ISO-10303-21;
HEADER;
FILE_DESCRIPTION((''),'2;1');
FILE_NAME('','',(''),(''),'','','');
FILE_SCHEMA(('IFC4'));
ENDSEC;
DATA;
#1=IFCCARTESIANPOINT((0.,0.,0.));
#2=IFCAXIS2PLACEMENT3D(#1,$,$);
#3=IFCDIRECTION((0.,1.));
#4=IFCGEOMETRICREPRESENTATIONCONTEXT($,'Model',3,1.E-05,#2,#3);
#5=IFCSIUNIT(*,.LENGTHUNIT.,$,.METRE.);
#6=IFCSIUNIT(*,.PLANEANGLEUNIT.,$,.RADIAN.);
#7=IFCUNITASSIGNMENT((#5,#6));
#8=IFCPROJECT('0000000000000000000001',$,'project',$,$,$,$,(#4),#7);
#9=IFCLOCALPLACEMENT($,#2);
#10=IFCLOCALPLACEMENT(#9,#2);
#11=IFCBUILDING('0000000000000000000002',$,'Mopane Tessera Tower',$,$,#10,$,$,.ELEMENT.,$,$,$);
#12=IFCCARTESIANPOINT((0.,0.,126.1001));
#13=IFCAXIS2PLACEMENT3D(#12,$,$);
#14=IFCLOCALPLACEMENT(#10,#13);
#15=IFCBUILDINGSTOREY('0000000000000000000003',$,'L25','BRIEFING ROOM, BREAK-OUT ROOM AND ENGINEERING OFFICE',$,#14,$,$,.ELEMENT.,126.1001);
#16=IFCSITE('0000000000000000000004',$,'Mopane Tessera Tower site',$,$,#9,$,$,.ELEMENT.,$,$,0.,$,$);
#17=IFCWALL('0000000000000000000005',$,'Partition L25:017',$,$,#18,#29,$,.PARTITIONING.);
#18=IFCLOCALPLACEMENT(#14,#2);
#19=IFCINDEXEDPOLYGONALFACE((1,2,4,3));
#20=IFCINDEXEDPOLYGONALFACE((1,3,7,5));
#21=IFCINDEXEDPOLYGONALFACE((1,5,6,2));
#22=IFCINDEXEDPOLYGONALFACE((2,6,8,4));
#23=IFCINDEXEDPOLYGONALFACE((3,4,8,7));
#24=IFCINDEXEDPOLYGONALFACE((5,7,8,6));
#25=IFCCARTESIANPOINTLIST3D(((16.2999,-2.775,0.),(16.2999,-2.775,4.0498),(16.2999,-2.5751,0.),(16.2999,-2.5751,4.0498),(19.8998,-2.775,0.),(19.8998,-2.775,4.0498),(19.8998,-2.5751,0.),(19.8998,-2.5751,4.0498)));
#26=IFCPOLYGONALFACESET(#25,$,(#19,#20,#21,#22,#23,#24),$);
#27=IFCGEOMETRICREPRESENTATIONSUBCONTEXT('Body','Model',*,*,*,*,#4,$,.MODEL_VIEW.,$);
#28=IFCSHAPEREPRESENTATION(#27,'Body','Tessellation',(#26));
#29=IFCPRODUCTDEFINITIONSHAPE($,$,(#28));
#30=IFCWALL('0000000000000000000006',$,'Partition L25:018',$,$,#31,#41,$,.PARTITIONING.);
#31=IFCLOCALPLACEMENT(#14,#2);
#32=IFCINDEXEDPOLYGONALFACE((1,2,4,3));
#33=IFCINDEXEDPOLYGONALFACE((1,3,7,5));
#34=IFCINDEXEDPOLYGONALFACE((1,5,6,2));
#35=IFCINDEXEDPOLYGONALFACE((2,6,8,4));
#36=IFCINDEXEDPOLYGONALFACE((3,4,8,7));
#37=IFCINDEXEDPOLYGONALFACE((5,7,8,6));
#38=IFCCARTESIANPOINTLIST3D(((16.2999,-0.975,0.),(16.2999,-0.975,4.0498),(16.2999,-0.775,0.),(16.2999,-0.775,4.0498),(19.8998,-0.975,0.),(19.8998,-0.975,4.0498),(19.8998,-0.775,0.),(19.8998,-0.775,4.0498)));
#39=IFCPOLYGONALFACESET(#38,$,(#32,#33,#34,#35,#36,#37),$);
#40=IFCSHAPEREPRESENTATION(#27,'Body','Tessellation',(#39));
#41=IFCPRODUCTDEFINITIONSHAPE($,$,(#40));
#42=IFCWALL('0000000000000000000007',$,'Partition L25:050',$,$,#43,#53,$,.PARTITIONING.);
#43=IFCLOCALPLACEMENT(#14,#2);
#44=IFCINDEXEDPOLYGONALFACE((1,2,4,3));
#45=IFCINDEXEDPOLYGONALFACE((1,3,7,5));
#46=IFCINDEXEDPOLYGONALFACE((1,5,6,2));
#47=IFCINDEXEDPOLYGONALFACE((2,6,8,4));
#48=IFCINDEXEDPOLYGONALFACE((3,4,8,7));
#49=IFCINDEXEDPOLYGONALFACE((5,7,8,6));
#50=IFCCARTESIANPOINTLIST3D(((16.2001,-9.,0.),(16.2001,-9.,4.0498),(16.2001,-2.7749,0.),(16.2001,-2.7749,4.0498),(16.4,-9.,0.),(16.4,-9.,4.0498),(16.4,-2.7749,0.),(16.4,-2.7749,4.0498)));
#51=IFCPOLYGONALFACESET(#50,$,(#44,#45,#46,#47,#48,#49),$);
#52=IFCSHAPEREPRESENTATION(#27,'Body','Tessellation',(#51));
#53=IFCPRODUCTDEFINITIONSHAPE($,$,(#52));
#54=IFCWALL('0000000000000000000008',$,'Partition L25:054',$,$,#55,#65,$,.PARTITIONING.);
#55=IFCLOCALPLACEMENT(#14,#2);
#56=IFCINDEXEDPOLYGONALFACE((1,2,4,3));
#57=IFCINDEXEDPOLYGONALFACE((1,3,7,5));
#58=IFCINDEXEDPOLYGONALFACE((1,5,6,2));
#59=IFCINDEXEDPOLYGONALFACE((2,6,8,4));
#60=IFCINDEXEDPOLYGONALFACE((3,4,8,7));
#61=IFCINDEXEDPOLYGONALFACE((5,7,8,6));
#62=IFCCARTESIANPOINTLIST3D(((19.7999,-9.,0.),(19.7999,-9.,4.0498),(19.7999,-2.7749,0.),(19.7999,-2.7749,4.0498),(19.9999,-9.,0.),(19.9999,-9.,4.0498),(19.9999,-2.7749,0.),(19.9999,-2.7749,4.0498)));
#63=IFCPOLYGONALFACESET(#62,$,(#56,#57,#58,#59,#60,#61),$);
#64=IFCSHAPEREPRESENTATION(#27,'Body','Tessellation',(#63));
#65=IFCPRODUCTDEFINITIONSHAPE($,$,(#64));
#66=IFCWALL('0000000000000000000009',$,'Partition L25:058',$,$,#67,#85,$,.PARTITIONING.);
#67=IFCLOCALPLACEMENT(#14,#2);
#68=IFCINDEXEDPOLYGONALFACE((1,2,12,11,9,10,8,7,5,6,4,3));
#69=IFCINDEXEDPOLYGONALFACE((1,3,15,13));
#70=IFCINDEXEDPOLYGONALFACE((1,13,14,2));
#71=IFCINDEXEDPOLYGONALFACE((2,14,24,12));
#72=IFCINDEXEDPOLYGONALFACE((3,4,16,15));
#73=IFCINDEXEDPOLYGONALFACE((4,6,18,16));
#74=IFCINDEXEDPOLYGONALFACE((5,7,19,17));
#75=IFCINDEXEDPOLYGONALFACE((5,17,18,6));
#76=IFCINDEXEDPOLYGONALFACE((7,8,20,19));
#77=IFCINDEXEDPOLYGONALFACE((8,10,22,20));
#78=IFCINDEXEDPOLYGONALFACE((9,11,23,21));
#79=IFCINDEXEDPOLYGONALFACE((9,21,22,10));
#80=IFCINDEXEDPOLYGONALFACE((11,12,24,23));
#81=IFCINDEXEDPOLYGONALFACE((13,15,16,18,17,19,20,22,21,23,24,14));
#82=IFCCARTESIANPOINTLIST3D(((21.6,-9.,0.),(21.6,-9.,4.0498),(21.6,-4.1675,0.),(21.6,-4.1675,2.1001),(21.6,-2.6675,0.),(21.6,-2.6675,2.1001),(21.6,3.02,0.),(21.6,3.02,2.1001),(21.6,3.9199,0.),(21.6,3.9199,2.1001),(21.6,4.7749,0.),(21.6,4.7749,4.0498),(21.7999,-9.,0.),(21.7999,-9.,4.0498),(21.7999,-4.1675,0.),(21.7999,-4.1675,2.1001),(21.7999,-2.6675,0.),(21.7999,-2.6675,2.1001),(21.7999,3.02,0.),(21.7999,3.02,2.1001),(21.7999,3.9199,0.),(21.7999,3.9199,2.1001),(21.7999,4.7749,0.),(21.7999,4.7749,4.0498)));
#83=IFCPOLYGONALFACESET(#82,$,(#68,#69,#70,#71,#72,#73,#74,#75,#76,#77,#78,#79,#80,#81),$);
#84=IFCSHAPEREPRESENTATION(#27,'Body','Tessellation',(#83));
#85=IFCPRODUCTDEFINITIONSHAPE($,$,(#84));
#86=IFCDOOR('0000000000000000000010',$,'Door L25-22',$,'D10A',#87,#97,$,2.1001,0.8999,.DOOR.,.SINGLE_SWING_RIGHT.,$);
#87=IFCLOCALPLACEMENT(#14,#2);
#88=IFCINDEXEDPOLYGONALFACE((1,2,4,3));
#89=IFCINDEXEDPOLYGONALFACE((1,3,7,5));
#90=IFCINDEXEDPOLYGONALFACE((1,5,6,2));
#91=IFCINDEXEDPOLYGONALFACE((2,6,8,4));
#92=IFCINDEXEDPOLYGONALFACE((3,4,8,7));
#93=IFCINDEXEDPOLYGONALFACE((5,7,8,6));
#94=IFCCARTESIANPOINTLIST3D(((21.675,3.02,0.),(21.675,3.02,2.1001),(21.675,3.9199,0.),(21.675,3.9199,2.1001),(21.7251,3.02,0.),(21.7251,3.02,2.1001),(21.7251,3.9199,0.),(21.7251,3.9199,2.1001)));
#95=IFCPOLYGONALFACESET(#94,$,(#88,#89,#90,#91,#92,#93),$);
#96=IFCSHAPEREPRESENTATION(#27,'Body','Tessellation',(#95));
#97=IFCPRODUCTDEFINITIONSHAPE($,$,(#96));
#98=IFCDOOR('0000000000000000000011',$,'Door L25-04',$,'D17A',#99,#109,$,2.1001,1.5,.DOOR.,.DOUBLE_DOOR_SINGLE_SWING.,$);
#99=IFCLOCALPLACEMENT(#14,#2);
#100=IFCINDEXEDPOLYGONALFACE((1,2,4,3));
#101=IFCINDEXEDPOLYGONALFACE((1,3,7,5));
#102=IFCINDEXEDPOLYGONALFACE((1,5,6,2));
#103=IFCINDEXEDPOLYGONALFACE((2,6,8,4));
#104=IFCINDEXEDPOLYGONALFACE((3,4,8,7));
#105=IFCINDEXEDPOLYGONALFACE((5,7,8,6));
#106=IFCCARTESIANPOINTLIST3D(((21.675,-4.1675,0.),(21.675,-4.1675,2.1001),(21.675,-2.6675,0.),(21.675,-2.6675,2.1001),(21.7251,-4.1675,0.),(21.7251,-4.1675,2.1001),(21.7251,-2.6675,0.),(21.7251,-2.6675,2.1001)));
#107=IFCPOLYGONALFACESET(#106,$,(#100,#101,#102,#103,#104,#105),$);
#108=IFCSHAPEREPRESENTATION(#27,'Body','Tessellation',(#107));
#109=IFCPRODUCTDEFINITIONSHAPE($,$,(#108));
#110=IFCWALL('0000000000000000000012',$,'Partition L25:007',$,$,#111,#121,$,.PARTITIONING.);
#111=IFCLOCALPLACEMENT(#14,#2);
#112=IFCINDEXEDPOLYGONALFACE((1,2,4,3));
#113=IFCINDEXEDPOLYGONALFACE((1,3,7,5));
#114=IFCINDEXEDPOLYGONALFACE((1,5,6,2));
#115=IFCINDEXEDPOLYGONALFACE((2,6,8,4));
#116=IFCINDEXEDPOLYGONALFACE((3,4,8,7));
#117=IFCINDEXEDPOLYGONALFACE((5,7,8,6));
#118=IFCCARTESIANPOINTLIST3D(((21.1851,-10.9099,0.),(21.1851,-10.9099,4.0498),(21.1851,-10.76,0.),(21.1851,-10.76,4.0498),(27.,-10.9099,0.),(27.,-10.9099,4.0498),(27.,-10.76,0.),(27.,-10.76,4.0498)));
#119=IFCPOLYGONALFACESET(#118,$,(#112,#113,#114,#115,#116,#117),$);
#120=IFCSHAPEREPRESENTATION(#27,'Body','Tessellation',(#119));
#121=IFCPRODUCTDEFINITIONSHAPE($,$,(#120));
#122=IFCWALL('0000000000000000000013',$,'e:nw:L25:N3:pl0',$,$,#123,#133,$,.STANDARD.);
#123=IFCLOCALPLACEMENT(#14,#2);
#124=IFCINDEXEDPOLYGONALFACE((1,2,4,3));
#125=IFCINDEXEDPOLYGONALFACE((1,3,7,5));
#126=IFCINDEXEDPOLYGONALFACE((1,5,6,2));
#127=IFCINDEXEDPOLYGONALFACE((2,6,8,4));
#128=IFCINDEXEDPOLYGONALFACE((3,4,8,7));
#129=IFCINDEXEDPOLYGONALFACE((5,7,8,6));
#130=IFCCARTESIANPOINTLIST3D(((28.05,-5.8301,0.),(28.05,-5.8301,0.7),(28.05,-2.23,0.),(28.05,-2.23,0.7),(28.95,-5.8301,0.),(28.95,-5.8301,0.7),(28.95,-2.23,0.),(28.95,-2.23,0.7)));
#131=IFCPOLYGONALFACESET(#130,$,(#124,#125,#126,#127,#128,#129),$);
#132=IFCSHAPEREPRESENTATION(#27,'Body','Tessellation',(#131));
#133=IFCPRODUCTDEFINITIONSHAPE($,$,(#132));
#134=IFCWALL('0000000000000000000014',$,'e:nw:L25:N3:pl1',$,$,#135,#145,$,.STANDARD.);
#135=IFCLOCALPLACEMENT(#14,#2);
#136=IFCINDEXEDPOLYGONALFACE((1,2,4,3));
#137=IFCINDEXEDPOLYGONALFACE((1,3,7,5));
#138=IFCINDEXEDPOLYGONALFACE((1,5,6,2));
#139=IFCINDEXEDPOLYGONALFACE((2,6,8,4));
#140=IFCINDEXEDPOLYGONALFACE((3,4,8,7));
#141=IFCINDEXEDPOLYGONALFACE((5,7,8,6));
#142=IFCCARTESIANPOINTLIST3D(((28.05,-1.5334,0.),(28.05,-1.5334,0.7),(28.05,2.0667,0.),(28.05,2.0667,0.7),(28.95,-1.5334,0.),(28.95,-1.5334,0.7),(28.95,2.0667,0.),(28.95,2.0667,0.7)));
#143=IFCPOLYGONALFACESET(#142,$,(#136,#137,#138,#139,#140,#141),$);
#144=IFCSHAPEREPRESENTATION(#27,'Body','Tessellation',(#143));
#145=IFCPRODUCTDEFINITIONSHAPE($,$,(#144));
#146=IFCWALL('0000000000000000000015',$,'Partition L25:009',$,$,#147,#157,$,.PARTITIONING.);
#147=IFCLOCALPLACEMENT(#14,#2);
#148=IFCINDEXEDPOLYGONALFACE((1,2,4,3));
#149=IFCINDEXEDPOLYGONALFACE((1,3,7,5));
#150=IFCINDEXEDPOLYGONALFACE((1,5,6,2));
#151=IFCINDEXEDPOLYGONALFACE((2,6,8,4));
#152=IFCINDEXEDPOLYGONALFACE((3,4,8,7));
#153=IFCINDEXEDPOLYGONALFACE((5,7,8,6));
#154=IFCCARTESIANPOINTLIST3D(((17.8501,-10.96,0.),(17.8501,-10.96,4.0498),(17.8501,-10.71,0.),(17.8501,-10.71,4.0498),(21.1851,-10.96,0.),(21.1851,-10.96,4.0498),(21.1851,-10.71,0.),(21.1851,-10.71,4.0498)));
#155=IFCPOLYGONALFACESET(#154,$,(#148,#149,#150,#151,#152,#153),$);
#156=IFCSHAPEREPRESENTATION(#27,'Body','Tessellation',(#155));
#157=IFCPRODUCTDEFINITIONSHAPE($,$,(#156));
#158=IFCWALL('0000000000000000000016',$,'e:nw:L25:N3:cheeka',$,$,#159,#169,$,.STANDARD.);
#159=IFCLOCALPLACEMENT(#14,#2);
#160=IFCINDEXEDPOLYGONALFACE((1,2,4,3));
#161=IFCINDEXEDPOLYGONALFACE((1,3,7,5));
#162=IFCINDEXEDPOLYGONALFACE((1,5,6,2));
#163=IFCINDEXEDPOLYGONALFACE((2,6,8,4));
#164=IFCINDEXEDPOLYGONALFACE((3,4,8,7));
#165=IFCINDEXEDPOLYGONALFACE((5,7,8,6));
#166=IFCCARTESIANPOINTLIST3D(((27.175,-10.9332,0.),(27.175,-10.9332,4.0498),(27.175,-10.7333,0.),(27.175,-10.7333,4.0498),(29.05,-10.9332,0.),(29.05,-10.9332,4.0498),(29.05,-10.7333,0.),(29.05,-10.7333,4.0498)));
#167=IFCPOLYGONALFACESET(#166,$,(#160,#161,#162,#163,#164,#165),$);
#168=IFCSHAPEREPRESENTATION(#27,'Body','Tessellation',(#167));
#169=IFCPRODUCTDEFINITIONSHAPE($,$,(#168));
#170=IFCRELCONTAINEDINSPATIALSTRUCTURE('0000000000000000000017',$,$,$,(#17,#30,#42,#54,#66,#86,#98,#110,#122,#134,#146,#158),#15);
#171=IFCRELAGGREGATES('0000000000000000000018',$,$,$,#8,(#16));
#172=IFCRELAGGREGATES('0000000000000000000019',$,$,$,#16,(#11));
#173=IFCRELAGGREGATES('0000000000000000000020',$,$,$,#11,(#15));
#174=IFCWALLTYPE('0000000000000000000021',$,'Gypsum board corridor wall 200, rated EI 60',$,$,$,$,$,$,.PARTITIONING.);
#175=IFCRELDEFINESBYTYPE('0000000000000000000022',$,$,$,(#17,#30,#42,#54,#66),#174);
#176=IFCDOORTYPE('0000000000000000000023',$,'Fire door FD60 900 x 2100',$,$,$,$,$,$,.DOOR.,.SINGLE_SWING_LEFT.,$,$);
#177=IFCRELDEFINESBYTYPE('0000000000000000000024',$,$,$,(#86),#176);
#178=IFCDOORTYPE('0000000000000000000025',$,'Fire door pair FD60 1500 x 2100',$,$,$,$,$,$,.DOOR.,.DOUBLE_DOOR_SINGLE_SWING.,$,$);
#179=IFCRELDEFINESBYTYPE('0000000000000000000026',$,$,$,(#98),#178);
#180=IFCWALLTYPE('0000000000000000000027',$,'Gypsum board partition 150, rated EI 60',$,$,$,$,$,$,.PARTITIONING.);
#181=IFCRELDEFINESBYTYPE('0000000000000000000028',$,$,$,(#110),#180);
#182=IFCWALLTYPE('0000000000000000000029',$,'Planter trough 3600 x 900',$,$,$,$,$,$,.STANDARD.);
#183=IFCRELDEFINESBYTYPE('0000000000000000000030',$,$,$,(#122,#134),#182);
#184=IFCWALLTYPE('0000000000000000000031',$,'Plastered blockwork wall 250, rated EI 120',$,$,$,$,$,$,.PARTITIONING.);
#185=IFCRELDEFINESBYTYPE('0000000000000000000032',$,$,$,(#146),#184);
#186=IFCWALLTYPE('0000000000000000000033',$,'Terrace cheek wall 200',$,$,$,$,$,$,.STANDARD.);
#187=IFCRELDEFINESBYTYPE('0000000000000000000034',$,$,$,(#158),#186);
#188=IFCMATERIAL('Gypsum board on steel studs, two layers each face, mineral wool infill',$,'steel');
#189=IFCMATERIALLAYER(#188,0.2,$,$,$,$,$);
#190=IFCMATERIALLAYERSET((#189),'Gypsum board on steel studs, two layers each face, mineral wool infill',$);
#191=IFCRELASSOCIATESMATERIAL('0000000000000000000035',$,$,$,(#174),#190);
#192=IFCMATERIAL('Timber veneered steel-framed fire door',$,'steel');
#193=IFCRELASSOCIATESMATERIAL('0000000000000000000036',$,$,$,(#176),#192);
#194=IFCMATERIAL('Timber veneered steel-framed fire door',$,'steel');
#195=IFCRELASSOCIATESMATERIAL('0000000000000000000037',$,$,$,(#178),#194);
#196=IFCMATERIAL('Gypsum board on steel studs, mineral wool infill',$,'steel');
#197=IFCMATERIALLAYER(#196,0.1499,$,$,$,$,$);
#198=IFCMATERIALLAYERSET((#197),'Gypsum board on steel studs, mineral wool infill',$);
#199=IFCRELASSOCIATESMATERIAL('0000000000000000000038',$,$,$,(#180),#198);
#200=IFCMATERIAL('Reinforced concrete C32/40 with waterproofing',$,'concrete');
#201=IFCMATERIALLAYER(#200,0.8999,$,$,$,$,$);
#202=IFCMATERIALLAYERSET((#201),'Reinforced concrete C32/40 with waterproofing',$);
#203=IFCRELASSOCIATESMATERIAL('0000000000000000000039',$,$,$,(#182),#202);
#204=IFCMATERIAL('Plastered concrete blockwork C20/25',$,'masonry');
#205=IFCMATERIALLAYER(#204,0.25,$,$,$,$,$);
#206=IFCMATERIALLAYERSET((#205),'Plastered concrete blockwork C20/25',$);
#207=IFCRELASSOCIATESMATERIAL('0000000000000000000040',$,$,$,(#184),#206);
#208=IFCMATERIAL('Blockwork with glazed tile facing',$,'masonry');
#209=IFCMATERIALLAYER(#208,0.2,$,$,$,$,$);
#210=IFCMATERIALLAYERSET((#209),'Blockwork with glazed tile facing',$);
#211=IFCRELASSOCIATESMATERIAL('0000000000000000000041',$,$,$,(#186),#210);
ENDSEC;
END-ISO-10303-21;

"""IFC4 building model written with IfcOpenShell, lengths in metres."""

from ifc_helpers import new_model, si_unit, direction, frame, frame_2d, origin, place, context, subcontext, project, spatial, rectangle, extrude, material, layer, layer_set, type_object, element, fill, save


model = new_model("IFC4")

# Units and contexts
model_context = context("Model", 3, precision=1e-05, world=origin(), true_north=direction((0.0, 1.0)))
body_context = subcontext(model_context, "Body", "Model", "MODEL_VIEW")
ifc_project = project(units=[si_unit("LENGTHUNIT", "METRE"), si_unit("PLANEANGLEUNIT", "RADIAN")], contexts=[model_context])

# Site, building, storey
site_placement = place(None, origin())
site = spatial("IfcSite", under=ifc_project, at=site_placement, Name="Mopane Tessera Tower site", CompositionType="ELEMENT", RefElevation=0.0)
building_placement = place(site_placement, origin())
building = spatial("IfcBuilding", under=site, at=building_placement, Name="Mopane Tessera Tower", CompositionType="ELEMENT")
storey_placement = place(building_placement, frame((0.0, 0.0, 126.1001)))
storey = spatial("IfcBuildingStorey", under=building, at=storey_placement, Name="L25", Description="BRIEFING ROOM, BREAK-OUT ROOM AND ENGINEERING OFFICE", CompositionType="ELEMENT", Elevation=126.1001)

# Walls
ifc_material_1 = material(Name="Gypsum board on steel studs, two layers each face, mineral wool infill", Category="steel")
ifc_layer_1 = layer(ifc_material_1, 0.2)
ifc_layer_set_1 = layer_set([ifc_layer_1], Name="Gypsum board on steel studs, two layers each face, mineral wool infill")
wall_type_1 = type_object("IfcWallType", Name="Gypsum board corridor wall 200, rated EI 60", PredefinedType="PARTITIONING", material=ifc_layer_set_1)
for number, where, z_axis, x_axis, name in (
    (1, (16.3, -2.675, 0.0), (0.0, 0.0, 1.0), (1.0, 0.0, 0.0), "Partition L25:017"),
    (2, (16.3, -0.875, 0.0), (0.0, 0.0, 1.0), (1.0, 0.0, 0.0), "Partition L25:018"),
):
    element("IfcWall", number, at=place(storey_placement, frame(where, z_axis=z_axis, x_axis=x_axis)), inside=storey, type_object=wall_type_1, Name=name, PredefinedType="PARTITIONING", context=body_context, shape_type="SweptSolid", body=[
        extrude(rectangle(XDim=3.5999, YDim=0.2, at=frame_2d((1.7998, 0.0))), origin(), (0.0, 0.0, 1.0), 4.0498),
    ])
for number, where, z_axis, x_axis, name in (
    (3, (16.3, -9.0, 0.0), (0.0, 0.0, 1.0), (0.0, 1.0, 0.0), "Partition L25:050"),
    (4, (19.8999, -9.0, 0.0), (0.0, 0.0, 1.0), (0.0, 1.0, 0.0), "Partition L25:054"),
):
    element("IfcWall", number, at=place(storey_placement, frame(where, z_axis=z_axis, x_axis=x_axis)), inside=storey, type_object=wall_type_1, Name=name, PredefinedType="PARTITIONING", context=body_context, shape_type="SweptSolid", body=[
        extrude(rectangle(XDim=6.2251, YDim=0.2, at=frame_2d((3.1125, 0.0))), origin(), (0.0, 0.0, 1.0), 4.0498),
    ])

# Wall, openings, doors
wall_1_placement = place(storey_placement, frame((21.7, -9.0, 0.0), z_axis=(0.0, 0.0, 1.0), x_axis=(0.0, 1.0, 0.0)))
wall_1 = element("IfcWall", 5, at=wall_1_placement, inside=storey, type_object=wall_type_1, Name="Partition L25:058", PredefinedType="PARTITIONING", context=body_context, shape_type="SweptSolid", body=[
    extrude(rectangle(XDim=13.7749, YDim=0.2, at=frame_2d((6.8875, 0.0))), origin(), (0.0, 0.0, 1.0), 4.0498),
])
opening_1_placement = place(wall_1_placement, frame((4.8325, 0.0, 0.0)))
opening_1 = element("IfcOpeningElement", 6, at=opening_1_placement, cuts=wall_1, PredefinedType="OPENING", context=body_context, shape_type="SweptSolid", body=[
    extrude(rectangle(XDim=1.5, YDim=2.1001, at=frame_2d((0.75, 1.05))), frame((0.0, 0.1121, 0.0), z_axis=(0.0, -1.0, 0.0), x_axis=(1.0, 0.0, 0.0)), (0.0, 0.0, 1.0), 0.2239),
])
opening_2_placement = place(wall_1_placement, frame((12.02, 0.0, 0.0)))
opening_2 = element("IfcOpeningElement", 7, at=opening_2_placement, cuts=wall_1, PredefinedType="OPENING", context=body_context, shape_type="SweptSolid", body=[
    extrude(rectangle(XDim=0.8999, YDim=2.1001, at=frame_2d((0.45, 1.05))), frame((0.0, 0.1121, 0.0), z_axis=(0.0, -1.0, 0.0), x_axis=(1.0, 0.0, 0.0)), (0.0, 0.0, 1.0), 0.2239),
])
ifc_material_2 = material(Name="Timber veneered steel-framed fire door", Category="steel")
door_type_1 = type_object("IfcDoorType", Name="Fire door FD60 900 x 2100", OperationType="SINGLE_SWING_LEFT", PredefinedType="DOOR", material=ifc_material_2)
door_1_placement = place(opening_2_placement, origin())
door_1 = element("IfcDoor", 8, at=door_1_placement, inside=storey, type_object=door_type_1, Name="Door L25-22", ObjectType="D10A", OperationType="SINGLE_SWING_RIGHT", OverallHeight=2.1001, OverallWidth=0.8999, PredefinedType="DOOR", context=body_context, shape_type="SweptSolid", body=[
    extrude(rectangle(XDim=0.8999, YDim=2.1001, at=frame_2d((0.45, 1.05))), frame((0.0, 0.0249, 0.0), z_axis=(0.0, -1.0, 0.0), x_axis=(1.0, 0.0, 0.0)), (0.0, 0.0, 1.0), 0.05),
])
fill(opening_2, door_1)
ifc_material_3 = material(Name="Timber veneered steel-framed fire door", Category="steel")
door_type_2 = type_object("IfcDoorType", Name="Fire door pair FD60 1500 x 2100", OperationType="DOUBLE_DOOR_SINGLE_SWING", PredefinedType="DOOR", material=ifc_material_3)
door_2_placement = place(opening_1_placement, origin())
door_2 = element("IfcDoor", 9, at=door_2_placement, inside=storey, type_object=door_type_2, Name="Door L25-04", ObjectType="D17A", OperationType="DOUBLE_DOOR_SINGLE_SWING", OverallHeight=2.1001, OverallWidth=1.5, PredefinedType="DOOR", context=body_context, shape_type="SweptSolid", body=[
    extrude(rectangle(XDim=1.5, YDim=2.1001, at=frame_2d((0.75, 1.05))), frame((0.0, 0.0249, 0.0), z_axis=(0.0, -1.0, 0.0), x_axis=(1.0, 0.0, 0.0)), (0.0, 0.0, 1.0), 0.05),
])
fill(opening_1, door_2)

# Walls
ifc_material_4 = material(Name="Gypsum board on steel studs, mineral wool infill", Category="steel")
ifc_layer_2 = layer(ifc_material_4, 0.1499)
ifc_layer_set_2 = layer_set([ifc_layer_2], Name="Gypsum board on steel studs, mineral wool infill")
wall_type_2 = type_object("IfcWallType", Name="Gypsum board partition 150, rated EI 60", PredefinedType="PARTITIONING", material=ifc_layer_set_2)
wall_2_placement = place(storey_placement, frame((21.1851, -10.835, 0.0), z_axis=(0.0, 0.0, 1.0), x_axis=(1.0, 0.0, 0.0)))
element("IfcWall", 10, at=wall_2_placement, inside=storey, type_object=wall_type_2, Name="Partition L25:007", PredefinedType="PARTITIONING", context=body_context, shape_type="SweptSolid", body=[
    extrude(rectangle(XDim=5.8149, YDim=0.1499, at=frame_2d((2.9075, 0.0))), origin(), (0.0, 0.0, 1.0), 4.0498),
])
ifc_material_5 = material(Name="Reinforced concrete C32/40 with waterproofing", Category="concrete")
ifc_layer_3 = layer(ifc_material_5, 0.8999)
ifc_layer_set_3 = layer_set([ifc_layer_3], Name="Reinforced concrete C32/40 with waterproofing")
wall_type_3 = type_object("IfcWallType", Name="Planter trough 3600 x 900", PredefinedType="STANDARD", material=ifc_layer_set_3)
for number, where, z_axis, x_axis, name in (
    (11, (28.5, -5.8301, 0.0), (0.0, 0.0, 1.0), (0.0, 1.0, 0.0), "e:nw:L25:N3:pl0"),
    (12, (28.5, -1.5334, 0.0), (0.0, 0.0, 1.0), (0.0, 1.0, 0.0), "e:nw:L25:N3:pl1"),
):
    element("IfcWall", number, at=place(storey_placement, frame(where, z_axis=z_axis, x_axis=x_axis)), inside=storey, type_object=wall_type_3, Name=name, PredefinedType="STANDARD", context=body_context, shape_type="SweptSolid", body=[
        extrude(rectangle(XDim=3.6001, YDim=0.8999, at=frame_2d((1.8, 0.0))), origin(), (0.0, 0.0, 1.0), 0.7),
    ])
ifc_material_6 = material(Name="Plastered concrete blockwork C20/25", Category="masonry")
ifc_layer_4 = layer(ifc_material_6, 0.25)
ifc_layer_set_4 = layer_set([ifc_layer_4], Name="Plastered concrete blockwork C20/25")
wall_type_4 = type_object("IfcWallType", Name="Plastered blockwork wall 250, rated EI 120", PredefinedType="PARTITIONING", material=ifc_layer_set_4)
wall_3_placement = place(storey_placement, frame((17.8501, -10.835, 0.0), z_axis=(0.0, 0.0, 1.0), x_axis=(1.0, 0.0, 0.0)))
element("IfcWall", 13, at=wall_3_placement, inside=storey, type_object=wall_type_4, Name="Partition L25:009", PredefinedType="PARTITIONING", context=body_context, shape_type="SweptSolid", body=[
    extrude(rectangle(XDim=3.335, YDim=0.25, at=frame_2d((1.6675, 0.0))), origin(), (0.0, 0.0, 1.0), 4.0498),
])
ifc_material_7 = material(Name="Blockwork with glazed tile facing", Category="masonry")
ifc_layer_5 = layer(ifc_material_7, 0.2)
ifc_layer_set_5 = layer_set([ifc_layer_5], Name="Blockwork with glazed tile facing")
wall_type_5 = type_object("IfcWallType", Name="Terrace cheek wall 200", PredefinedType="STANDARD", material=ifc_layer_set_5)
wall_4_placement = place(storey_placement, frame((29.05, -10.8333, 0.0), z_axis=(0.0, 0.0, 1.0), x_axis=(-1.0, 0.0, 0.0)))
element("IfcWall", 14, at=wall_4_placement, inside=storey, type_object=wall_type_5, Name="e:nw:L25:N3:cheeka", PredefinedType="STANDARD", context=body_context, shape_type="SweptSolid", body=[
    extrude(rectangle(XDim=1.875, YDim=0.2, at=frame_2d((0.9375, 0.0))), origin(), (0.0, 0.0, 1.0), 4.0498),
])

save(model, "model.ifc")
